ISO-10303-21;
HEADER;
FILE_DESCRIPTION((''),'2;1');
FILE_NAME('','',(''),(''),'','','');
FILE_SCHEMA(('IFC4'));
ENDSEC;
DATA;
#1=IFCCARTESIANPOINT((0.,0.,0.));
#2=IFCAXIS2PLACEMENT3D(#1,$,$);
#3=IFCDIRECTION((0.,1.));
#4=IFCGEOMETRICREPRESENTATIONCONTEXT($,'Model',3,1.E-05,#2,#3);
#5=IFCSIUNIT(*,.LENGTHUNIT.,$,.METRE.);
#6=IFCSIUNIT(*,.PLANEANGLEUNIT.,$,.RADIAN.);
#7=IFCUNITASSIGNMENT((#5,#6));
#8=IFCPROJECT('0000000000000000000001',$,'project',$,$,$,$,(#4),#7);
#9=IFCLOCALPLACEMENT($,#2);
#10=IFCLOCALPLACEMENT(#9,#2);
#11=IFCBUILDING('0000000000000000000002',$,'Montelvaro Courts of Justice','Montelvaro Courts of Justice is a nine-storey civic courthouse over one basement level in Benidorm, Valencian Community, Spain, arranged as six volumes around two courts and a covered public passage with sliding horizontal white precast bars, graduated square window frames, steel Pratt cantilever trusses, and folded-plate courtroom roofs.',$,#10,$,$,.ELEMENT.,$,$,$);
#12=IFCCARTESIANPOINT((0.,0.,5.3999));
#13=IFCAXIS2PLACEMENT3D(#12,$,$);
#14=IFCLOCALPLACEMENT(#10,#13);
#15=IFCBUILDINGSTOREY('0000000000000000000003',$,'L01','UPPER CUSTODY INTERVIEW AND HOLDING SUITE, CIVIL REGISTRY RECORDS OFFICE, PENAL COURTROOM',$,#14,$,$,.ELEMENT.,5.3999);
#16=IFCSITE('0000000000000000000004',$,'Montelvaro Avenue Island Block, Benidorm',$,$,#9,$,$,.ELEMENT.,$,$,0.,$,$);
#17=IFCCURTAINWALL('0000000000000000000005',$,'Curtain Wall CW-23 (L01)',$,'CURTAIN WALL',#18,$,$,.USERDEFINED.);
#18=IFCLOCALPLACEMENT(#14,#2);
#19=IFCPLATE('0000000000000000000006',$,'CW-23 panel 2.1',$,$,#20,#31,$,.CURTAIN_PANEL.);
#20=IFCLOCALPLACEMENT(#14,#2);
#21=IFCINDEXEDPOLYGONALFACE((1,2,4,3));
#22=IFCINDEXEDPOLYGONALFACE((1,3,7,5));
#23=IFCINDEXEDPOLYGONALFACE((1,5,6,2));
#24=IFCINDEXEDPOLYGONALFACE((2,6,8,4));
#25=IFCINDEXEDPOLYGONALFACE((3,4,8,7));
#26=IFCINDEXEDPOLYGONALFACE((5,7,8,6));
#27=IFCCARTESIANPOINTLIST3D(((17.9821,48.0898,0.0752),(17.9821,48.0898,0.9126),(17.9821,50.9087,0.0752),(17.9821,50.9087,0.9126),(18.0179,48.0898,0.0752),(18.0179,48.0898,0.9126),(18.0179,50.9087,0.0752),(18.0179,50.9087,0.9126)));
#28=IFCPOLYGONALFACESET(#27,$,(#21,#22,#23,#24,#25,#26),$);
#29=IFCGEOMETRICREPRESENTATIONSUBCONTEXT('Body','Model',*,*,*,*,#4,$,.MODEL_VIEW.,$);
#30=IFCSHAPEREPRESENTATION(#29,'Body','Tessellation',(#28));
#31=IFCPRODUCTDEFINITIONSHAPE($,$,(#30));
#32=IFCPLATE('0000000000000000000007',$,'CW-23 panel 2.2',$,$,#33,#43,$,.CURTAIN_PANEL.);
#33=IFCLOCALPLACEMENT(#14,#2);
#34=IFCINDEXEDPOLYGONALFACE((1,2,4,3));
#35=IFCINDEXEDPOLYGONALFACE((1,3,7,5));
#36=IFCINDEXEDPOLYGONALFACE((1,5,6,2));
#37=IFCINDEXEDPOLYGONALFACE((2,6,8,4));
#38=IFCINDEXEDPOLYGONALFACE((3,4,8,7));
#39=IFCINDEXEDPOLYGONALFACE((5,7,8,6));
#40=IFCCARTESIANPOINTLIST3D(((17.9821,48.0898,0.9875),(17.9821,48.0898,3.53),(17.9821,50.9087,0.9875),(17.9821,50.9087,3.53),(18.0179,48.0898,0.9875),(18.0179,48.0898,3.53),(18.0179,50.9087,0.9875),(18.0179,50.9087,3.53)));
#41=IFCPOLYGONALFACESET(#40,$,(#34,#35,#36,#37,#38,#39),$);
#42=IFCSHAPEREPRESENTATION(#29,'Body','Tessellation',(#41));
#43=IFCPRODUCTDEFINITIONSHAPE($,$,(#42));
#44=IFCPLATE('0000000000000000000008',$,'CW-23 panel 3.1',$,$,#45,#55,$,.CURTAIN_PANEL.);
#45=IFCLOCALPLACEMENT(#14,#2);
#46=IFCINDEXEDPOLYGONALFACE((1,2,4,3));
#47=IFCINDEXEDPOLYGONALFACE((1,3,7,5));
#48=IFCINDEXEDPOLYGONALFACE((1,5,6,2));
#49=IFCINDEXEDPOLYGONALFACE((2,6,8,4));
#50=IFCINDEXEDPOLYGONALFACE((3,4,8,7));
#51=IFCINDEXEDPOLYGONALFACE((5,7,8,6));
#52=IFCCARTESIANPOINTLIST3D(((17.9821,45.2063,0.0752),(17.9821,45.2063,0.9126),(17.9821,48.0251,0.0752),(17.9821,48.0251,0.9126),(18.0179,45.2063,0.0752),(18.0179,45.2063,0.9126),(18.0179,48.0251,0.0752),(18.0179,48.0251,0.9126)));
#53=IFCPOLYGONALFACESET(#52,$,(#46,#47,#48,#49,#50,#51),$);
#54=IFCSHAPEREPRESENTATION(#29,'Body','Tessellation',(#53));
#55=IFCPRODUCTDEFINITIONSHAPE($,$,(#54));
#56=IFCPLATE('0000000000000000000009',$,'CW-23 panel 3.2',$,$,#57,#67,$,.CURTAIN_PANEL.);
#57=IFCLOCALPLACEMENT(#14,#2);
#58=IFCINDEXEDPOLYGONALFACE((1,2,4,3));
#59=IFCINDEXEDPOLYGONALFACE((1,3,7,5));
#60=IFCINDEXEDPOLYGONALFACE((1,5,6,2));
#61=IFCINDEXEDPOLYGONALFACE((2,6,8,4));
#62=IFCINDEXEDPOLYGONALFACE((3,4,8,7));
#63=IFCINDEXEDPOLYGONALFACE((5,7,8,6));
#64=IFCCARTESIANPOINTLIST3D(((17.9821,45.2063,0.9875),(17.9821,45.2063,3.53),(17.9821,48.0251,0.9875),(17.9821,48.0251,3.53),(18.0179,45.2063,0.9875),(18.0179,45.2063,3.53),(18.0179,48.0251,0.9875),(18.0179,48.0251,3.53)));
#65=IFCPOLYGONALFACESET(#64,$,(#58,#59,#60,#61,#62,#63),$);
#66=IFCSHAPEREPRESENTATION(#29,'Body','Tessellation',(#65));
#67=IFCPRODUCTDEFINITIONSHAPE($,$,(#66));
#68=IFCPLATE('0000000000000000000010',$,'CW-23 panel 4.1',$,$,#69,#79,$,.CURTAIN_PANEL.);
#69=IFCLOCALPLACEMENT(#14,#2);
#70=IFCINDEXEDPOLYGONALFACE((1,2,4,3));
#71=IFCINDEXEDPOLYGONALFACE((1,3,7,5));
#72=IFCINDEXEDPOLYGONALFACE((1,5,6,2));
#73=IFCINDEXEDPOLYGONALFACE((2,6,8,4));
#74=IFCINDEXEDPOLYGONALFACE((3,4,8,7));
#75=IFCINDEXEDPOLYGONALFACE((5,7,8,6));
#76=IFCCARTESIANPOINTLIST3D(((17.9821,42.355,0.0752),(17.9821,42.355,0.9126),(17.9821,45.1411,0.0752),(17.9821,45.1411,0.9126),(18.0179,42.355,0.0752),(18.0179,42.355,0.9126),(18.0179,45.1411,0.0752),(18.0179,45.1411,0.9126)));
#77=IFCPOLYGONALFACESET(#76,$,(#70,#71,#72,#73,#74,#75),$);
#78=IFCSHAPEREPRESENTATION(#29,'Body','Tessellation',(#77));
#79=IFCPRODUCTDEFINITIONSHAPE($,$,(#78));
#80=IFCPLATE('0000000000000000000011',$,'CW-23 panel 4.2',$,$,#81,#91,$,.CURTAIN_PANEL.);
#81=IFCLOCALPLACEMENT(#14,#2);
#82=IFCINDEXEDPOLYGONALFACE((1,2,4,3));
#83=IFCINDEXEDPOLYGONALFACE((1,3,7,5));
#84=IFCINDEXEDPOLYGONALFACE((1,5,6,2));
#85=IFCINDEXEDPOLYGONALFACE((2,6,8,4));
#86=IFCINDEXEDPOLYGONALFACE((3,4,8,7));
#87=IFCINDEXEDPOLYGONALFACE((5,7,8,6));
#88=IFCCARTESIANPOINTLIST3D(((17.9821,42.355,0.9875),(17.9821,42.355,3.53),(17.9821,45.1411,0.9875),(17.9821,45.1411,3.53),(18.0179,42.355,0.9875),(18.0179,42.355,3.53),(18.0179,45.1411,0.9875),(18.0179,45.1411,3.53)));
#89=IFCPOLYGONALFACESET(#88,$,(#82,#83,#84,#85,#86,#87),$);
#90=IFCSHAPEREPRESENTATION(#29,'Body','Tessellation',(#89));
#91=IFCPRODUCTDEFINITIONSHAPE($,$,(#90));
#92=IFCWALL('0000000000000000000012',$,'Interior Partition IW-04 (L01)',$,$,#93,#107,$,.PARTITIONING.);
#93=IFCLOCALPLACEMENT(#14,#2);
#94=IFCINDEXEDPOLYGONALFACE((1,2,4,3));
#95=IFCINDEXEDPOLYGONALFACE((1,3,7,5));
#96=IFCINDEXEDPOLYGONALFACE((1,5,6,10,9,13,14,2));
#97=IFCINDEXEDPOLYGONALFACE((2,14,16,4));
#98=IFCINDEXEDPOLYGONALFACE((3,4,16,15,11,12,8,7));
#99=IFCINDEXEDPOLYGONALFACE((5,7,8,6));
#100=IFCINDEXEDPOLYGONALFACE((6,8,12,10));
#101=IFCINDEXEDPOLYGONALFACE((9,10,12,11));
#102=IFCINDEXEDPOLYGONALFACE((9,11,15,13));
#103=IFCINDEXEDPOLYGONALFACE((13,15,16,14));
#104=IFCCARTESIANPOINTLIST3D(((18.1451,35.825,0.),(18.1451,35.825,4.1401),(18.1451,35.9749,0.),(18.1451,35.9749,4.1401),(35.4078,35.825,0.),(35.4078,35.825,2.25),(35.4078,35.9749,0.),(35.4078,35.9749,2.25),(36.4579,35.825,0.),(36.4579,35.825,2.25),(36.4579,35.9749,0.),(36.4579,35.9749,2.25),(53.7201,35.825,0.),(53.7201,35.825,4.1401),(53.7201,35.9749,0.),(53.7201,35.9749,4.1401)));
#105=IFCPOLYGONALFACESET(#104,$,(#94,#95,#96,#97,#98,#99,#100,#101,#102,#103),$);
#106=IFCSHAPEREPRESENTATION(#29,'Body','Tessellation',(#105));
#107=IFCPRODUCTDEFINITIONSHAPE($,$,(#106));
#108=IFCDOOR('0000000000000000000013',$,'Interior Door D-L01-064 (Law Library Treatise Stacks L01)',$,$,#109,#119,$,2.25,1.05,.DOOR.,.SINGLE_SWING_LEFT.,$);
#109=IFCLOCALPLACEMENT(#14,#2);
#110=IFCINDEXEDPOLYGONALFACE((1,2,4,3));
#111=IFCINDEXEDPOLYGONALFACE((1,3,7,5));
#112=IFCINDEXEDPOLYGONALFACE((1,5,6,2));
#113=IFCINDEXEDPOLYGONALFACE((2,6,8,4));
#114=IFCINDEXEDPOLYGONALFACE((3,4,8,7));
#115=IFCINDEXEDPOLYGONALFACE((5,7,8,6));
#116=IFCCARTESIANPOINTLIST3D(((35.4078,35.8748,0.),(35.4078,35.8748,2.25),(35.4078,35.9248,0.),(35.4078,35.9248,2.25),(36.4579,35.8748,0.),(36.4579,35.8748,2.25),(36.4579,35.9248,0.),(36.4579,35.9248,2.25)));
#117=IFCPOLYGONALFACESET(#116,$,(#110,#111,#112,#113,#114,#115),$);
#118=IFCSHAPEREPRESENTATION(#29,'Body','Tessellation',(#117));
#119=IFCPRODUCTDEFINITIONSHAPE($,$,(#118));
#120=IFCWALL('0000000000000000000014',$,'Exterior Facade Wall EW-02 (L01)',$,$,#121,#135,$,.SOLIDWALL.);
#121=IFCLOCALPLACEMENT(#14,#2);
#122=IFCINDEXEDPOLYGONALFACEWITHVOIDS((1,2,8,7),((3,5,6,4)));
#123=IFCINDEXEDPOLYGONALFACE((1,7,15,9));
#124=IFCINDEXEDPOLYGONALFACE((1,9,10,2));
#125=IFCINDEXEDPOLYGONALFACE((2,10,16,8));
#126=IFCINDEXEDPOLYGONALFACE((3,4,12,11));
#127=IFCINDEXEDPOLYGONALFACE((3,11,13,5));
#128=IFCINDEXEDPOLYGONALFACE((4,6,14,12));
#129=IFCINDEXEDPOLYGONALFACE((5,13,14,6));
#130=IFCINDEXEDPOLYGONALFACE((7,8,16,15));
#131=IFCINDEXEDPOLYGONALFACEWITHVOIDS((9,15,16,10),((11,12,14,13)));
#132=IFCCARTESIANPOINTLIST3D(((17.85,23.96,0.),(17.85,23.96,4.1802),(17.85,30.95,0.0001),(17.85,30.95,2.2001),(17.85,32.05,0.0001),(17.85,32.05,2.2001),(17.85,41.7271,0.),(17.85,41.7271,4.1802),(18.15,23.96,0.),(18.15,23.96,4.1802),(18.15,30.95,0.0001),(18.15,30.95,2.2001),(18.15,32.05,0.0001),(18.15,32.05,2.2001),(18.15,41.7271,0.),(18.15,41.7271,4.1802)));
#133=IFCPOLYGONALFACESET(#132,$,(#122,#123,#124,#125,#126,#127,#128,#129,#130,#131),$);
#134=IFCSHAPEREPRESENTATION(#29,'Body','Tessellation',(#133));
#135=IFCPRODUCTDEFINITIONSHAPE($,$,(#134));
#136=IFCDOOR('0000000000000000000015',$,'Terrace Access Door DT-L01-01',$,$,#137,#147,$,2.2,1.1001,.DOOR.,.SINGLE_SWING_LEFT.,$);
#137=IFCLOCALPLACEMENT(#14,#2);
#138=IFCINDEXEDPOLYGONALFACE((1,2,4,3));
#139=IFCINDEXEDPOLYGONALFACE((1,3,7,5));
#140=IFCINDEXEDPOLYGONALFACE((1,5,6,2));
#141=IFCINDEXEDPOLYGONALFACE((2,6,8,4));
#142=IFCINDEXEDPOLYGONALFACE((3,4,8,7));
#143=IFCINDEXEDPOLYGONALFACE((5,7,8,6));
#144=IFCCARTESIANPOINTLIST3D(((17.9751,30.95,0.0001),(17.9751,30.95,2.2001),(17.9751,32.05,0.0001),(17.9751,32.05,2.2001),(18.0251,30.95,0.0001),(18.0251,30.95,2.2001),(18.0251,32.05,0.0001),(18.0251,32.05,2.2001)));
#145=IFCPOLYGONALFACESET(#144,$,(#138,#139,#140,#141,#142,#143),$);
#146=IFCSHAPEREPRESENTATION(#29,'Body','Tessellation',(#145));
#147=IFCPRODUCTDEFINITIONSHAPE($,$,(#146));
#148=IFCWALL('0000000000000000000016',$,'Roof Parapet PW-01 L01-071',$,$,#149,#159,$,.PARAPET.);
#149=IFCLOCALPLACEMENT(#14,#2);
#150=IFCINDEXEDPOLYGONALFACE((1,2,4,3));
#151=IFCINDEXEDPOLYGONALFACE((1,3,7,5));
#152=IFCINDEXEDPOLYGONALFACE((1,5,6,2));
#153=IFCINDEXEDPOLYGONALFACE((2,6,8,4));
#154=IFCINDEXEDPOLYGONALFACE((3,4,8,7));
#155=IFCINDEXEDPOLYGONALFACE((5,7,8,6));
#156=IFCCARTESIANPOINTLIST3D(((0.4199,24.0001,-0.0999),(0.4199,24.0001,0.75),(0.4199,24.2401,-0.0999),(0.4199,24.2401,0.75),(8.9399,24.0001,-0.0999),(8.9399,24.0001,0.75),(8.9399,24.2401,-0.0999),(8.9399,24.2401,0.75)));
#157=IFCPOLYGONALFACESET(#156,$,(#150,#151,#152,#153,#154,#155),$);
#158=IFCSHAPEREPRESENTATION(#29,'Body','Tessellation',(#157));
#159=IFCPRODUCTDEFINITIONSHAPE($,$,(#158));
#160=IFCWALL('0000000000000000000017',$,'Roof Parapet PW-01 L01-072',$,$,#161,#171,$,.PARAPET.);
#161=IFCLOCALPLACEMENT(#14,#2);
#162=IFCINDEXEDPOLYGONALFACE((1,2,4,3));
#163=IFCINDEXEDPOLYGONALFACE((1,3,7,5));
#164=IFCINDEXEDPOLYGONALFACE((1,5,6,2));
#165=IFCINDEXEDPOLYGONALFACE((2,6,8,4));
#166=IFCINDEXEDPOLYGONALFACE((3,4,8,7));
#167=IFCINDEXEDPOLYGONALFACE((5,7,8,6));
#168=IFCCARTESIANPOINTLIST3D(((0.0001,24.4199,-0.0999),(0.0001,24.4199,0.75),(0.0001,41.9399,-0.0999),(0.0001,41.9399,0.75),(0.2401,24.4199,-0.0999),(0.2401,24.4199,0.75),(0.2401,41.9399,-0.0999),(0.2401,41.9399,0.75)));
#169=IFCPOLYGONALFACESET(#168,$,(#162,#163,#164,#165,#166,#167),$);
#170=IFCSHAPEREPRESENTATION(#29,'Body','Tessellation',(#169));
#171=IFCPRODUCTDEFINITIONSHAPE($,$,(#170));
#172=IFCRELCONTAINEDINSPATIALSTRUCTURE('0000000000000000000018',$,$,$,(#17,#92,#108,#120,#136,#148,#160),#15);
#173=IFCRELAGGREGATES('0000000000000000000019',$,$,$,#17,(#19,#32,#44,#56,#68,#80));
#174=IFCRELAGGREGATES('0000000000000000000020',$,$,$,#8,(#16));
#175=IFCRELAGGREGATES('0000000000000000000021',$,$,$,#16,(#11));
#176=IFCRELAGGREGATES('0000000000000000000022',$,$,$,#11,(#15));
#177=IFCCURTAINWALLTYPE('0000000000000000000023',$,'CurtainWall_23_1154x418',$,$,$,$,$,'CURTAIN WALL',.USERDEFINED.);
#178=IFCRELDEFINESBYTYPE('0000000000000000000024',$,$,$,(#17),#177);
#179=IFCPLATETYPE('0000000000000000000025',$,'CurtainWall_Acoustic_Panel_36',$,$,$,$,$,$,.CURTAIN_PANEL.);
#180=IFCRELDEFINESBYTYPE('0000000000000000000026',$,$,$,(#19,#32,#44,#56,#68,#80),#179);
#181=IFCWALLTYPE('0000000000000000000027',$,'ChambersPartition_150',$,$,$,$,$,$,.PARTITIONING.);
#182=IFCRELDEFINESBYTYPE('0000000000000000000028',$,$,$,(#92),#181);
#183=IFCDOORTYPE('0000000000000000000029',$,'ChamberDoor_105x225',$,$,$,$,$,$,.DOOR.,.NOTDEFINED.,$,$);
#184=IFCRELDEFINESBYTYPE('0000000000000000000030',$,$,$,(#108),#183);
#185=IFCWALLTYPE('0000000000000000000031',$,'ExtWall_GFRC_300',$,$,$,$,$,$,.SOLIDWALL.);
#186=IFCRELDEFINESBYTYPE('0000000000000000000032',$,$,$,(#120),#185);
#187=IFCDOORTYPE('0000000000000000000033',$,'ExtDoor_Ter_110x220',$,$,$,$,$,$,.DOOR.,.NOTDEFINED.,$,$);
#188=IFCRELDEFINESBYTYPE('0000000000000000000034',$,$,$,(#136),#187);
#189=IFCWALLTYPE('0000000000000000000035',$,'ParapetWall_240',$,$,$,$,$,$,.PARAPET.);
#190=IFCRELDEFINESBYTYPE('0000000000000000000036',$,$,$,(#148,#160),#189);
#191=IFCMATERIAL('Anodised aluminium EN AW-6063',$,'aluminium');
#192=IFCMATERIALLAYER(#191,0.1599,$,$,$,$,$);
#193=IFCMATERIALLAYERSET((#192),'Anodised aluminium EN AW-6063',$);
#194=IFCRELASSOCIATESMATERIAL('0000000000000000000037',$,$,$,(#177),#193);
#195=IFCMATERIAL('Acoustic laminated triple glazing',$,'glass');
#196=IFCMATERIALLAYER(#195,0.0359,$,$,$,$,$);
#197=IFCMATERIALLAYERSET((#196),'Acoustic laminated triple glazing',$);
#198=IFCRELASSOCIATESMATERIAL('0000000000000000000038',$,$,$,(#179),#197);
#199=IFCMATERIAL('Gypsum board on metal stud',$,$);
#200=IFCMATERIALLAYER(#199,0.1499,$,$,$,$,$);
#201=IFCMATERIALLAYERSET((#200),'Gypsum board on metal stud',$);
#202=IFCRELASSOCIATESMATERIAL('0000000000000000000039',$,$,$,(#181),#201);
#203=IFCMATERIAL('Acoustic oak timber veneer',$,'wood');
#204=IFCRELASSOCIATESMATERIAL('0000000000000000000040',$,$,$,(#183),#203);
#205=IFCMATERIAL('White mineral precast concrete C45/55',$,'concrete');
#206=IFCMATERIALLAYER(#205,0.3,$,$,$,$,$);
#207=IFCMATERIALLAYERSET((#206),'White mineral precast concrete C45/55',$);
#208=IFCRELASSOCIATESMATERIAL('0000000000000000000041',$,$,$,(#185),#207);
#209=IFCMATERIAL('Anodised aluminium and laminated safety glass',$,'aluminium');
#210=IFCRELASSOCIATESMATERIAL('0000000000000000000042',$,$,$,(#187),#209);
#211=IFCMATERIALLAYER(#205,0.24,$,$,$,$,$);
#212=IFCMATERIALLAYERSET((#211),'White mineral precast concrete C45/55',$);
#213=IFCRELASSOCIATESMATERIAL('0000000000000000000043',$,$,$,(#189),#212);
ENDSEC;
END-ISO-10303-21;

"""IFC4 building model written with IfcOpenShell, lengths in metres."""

from ifc_helpers import new_model, si_unit, direction, frame, frame_2d, origin, origin_2d, place, context, subcontext, project, spatial, rectangle, extrude, material, layer, layer_set, type_object, element, fill, aggregate, save


model = new_model("IFC4")

# Units and contexts
model_context = context("Model", 3, precision=1e-05, world=origin(), true_north=direction((0.0, 1.0)))
body_context = subcontext(model_context, "Body", "Model", "MODEL_VIEW")
ifc_project = project(units=[si_unit("LENGTHUNIT", "METRE"), si_unit("PLANEANGLEUNIT", "RADIAN")], contexts=[model_context])

# Site, building, storey
site_placement = place(None, origin())
site = spatial("IfcSite", under=ifc_project, at=site_placement, Name="Montelvaro Avenue Island Block, Benidorm", CompositionType="ELEMENT", RefElevation=0.0)
building_placement = place(site_placement, origin())
building = spatial("IfcBuilding", under=site, at=building_placement, Name="Montelvaro Courts of Justice", Description="Montelvaro Courts of Justice is a nine-storey civic courthouse over one basement level in Benidorm, Valencian Community, Spain, arranged as six volumes around two courts and a covered public passage with sliding horizontal white precast bars, graduated square window frames, steel Pratt cantilever trusses, and folded-plate courtroom roofs.", CompositionType="ELEMENT")
storey_placement = place(building_placement, frame((0.0, 0.0, 5.3999)))
storey = spatial("IfcBuildingStorey", under=building, at=storey_placement, Name="L01", Description="UPPER CUSTODY INTERVIEW AND HOLDING SUITE, CIVIL REGISTRY RECORDS OFFICE, PENAL COURTROOM", CompositionType="ELEMENT", Elevation=5.3999)

# Curtain wall, plates
ifc_material_1 = material(Name="Anodised aluminium EN AW-6063", Category="aluminium")
ifc_layer_1 = layer(ifc_material_1, 0.1599)
ifc_layer_set_1 = layer_set([ifc_layer_1], Name="Anodised aluminium EN AW-6063")
curtain_wall_type = type_object("IfcCurtainWallType", Name="CurtainWall_23_1154x418", ElementType="CURTAIN WALL", PredefinedType="USERDEFINED", material=ifc_layer_set_1)
curtain_wall_placement = place(storey_placement, origin())
curtain_wall = element("IfcCurtainWall", 1, at=curtain_wall_placement, inside=storey, type_object=curtain_wall_type, Name="Curtain Wall CW-23 (L01)", ObjectType="CURTAIN WALL", PredefinedType="USERDEFINED")
ifc_material_2 = material(Name="Acoustic laminated triple glazing", Category="glass")
ifc_layer_2 = layer(ifc_material_2, 0.0359)
ifc_layer_set_2 = layer_set([ifc_layer_2], Name="Acoustic laminated triple glazing")
plate_type = type_object("IfcPlateType", Name="CurtainWall_Acoustic_Panel_36", PredefinedType="CURTAIN_PANEL", material=ifc_layer_set_2)
plate_1_placement = place(storey_placement, frame((18.0, 49.4993, 0.0752), z_axis=(0.0, 0.0, 1.0), x_axis=(0.0, -1.0, 0.0)))
plate_1 = element("IfcPlate", 2, at=plate_1_placement, type_object=plate_type, Name="CW-23 panel 2.1", PredefinedType="CURTAIN_PANEL", context=body_context, shape_type="SweptSolid", body=[
    extrude(rectangle(XDim=2.8188, YDim=0.0359, at=origin_2d()), origin(), (0.0, 0.0, 1.0), 0.8374),
])
plate_2_placement = place(storey_placement, frame((18.0, 49.4993, 0.9875), z_axis=(0.0, 0.0, 1.0), x_axis=(0.0, -1.0, 0.0)))
plate_2 = element("IfcPlate", 3, at=plate_2_placement, type_object=plate_type, Name="CW-23 panel 2.2", PredefinedType="CURTAIN_PANEL", context=body_context, shape_type="SweptSolid", body=[
    extrude(rectangle(XDim=2.8188, YDim=0.0359, at=origin_2d()), origin(), (0.0, 0.0, 1.0), 2.5425),
])
plate_3_placement = place(storey_placement, frame((18.0, 46.6157, 0.0752), z_axis=(0.0, 0.0, 1.0), x_axis=(0.0, -1.0, 0.0)))
plate_3 = element("IfcPlate", 4, at=plate_3_placement, type_object=plate_type, Name="CW-23 panel 3.1", PredefinedType="CURTAIN_PANEL", context=body_context, shape_type="SweptSolid", body=[
    extrude(rectangle(XDim=2.8188, YDim=0.0359, at=origin_2d()), origin(), (0.0, 0.0, 1.0), 0.8374),
])
plate_4_placement = place(storey_placement, frame((18.0, 46.6157, 0.9875), z_axis=(0.0, 0.0, 1.0), x_axis=(0.0, -1.0, 0.0)))
plate_4 = element("IfcPlate", 5, at=plate_4_placement, type_object=plate_type, Name="CW-23 panel 3.2", PredefinedType="CURTAIN_PANEL", context=body_context, shape_type="SweptSolid", body=[
    extrude(rectangle(XDim=2.8188, YDim=0.0359, at=origin_2d()), origin(), (0.0, 0.0, 1.0), 2.5425),
])
plate_5_placement = place(storey_placement, frame((18.0, 43.748, 0.0752), z_axis=(0.0, 0.0, 1.0), x_axis=(0.0, -1.0, 0.0)))
plate_5 = element("IfcPlate", 6, at=plate_5_placement, type_object=plate_type, Name="CW-23 panel 4.1", PredefinedType="CURTAIN_PANEL", context=body_context, shape_type="SweptSolid", body=[
    extrude(rectangle(XDim=2.7861, YDim=0.0359, at=origin_2d()), origin(), (0.0, 0.0, 1.0), 0.8374),
])
plate_6_placement = place(storey_placement, frame((18.0, 43.748, 0.9875), z_axis=(0.0, 0.0, 1.0), x_axis=(0.0, -1.0, 0.0)))
plate_6 = element("IfcPlate", 7, at=plate_6_placement, type_object=plate_type, Name="CW-23 panel 4.2", PredefinedType="CURTAIN_PANEL", context=body_context, shape_type="SweptSolid", body=[
    extrude(rectangle(XDim=2.7861, YDim=0.0359, at=origin_2d()), origin(), (0.0, 0.0, 1.0), 2.5425),
])
aggregate(curtain_wall, [plate_1, plate_2, plate_3, plate_4, plate_5, plate_6])

# Walls, openings, doors
ifc_material_3 = material(Name="Gypsum board on metal stud")
ifc_layer_3 = layer(ifc_material_3, 0.1499)
ifc_layer_set_3 = layer_set([ifc_layer_3], Name="Gypsum board on metal stud")
wall_type_1 = type_object("IfcWallType", Name="ChambersPartition_150", PredefinedType="PARTITIONING", material=ifc_layer_set_3)
wall_1_placement = place(storey_placement, frame((18.145, 35.8999, 0.0), z_axis=(0.0, 0.0, 1.0), x_axis=(1.0, 0.0, 0.0)))
wall_1 = element("IfcWall", 8, at=wall_1_placement, inside=storey, type_object=wall_type_1, Name="Interior Partition IW-04 (L01)", PredefinedType="PARTITIONING", context=body_context, shape_type="SweptSolid", body=[
    extrude(rectangle(XDim=35.575, YDim=0.1499, at=frame_2d((17.7876, 0.0))), origin(), (0.0, 0.0, 1.0), 4.1401),
])
opening_1_placement = place(wall_1_placement, frame((17.2629, 0.0, 0.0)))
opening_1 = element("IfcOpeningElement", 9, at=opening_1_placement, cuts=wall_1, PredefinedType="OPENING", context=body_context, shape_type="SweptSolid", body=[
    extrude(rectangle(XDim=1.05, YDim=2.25, at=frame_2d((0.5249, 1.125))), frame((0.0, 0.0898, 0.0), z_axis=(0.0, -1.0, 0.0), x_axis=(1.0, 0.0, 0.0)), (0.0, 0.0, 1.0), 0.1797),
])
ifc_material_4 = material(Name="Acoustic oak timber veneer", Category="wood")
door_type_1 = type_object("IfcDoorType", Name="ChamberDoor_105x225", OperationType="NOTDEFINED", PredefinedType="DOOR", material=ifc_material_4)
door_1_placement = place(opening_1_placement, origin())
door_1 = element("IfcDoor", 10, at=door_1_placement, inside=storey, type_object=door_type_1, Name="Interior Door D-L01-064 (Law Library Treatise Stacks L01)", OperationType="SINGLE_SWING_LEFT", OverallHeight=2.25, OverallWidth=1.05, PredefinedType="DOOR", context=body_context, shape_type="SweptSolid", body=[
    extrude(rectangle(XDim=1.05, YDim=2.25, at=frame_2d((0.5249, 1.125))), frame((0.0, 0.0249, 0.0), z_axis=(0.0, -1.0, 0.0), x_axis=(1.0, 0.0, 0.0)), (0.0, 0.0, 1.0), 0.05),
])
fill(opening_1, door_1)
ifc_material_5 = material(Name="White mineral precast concrete C45/55", Category="concrete")
ifc_layer_4 = layer(ifc_material_5, 0.3)
ifc_layer_set_4 = layer_set([ifc_layer_4], Name="White mineral precast concrete C45/55")
wall_type_2 = type_object("IfcWallType", Name="ExtWall_GFRC_300", PredefinedType="SOLIDWALL", material=ifc_layer_set_4)
wall_2_placement = place(storey_placement, frame((18.0, 41.7271, 0.0), z_axis=(0.0, 0.0, 1.0), x_axis=(0.0, -1.0, 0.0)))
wall_2 = element("IfcWall", 11, at=wall_2_placement, inside=storey, type_object=wall_type_2, Name="Exterior Facade Wall EW-02 (L01)", PredefinedType="SOLIDWALL", context=body_context, shape_type="SweptSolid", body=[
    extrude(rectangle(XDim=17.7671, YDim=0.3, at=frame_2d((8.8835, 0.0))), origin(), (0.0, 0.0, 1.0), 4.1802),
])
opening_2_placement = place(wall_2_placement, frame((9.677, 0.0, 0.0)))
opening_2 = element("IfcOpeningElement", 12, at=opening_2_placement, cuts=wall_2, PredefinedType="OPENING", context=body_context, shape_type="SweptSolid", body=[
    extrude(rectangle(XDim=1.1001, YDim=2.2, at=frame_2d((0.55, 1.1001))), frame((0.0, 0.165, 0.0), z_axis=(0.0, -1.0, 0.0), x_axis=(1.0, 0.0, 0.0)), (0.0, 0.0, 1.0), 0.3298),
])
ifc_material_6 = material(Name="Anodised aluminium and laminated safety glass", Category="aluminium")
door_type_2 = type_object("IfcDoorType", Name="ExtDoor_Ter_110x220", OperationType="NOTDEFINED", PredefinedType="DOOR", material=ifc_material_6)
door_2_placement = place(opening_2_placement, frame((1.1001, 0.0, 0.0), z_axis=(0.0, 0.0, 1.0), x_axis=(-1.0, 0.0, 0.0)))
door_2 = element("IfcDoor", 13, at=door_2_placement, inside=storey, type_object=door_type_2, Name="Terrace Access Door DT-L01-01", OperationType="SINGLE_SWING_LEFT", OverallHeight=2.2, OverallWidth=1.1001, PredefinedType="DOOR", context=body_context, shape_type="SweptSolid", body=[
    extrude(rectangle(XDim=1.1001, YDim=2.2, at=frame_2d((0.55, 1.1001))), frame((0.0, 0.0249, 0.0), z_axis=(0.0, -1.0, 0.0), x_axis=(1.0, 0.0, 0.0)), (0.0, 0.0, 1.0), 0.05),
])
fill(opening_2, door_2)

# Walls
ifc_layer_5 = layer(ifc_material_5, 0.24)
ifc_layer_set_5 = layer_set([ifc_layer_5], Name="White mineral precast concrete C45/55")
wall_type_3 = type_object("IfcWallType", Name="ParapetWall_240", PredefinedType="PARAPET", material=ifc_layer_set_5)
wall_3_placement = place(storey_placement, frame((0.4199, 24.1201, -0.0999), z_axis=(0.0, 0.0, 1.0), x_axis=(1.0, 0.0, 0.0)))
element("IfcWall", 14, at=wall_3_placement, inside=storey, type_object=wall_type_3, Name="Roof Parapet PW-01 L01-071", PredefinedType="PARAPET", context=body_context, shape_type="SweptSolid", body=[
    extrude(rectangle(XDim=8.52, YDim=0.24, at=frame_2d((4.26, 0.0))), origin(), (0.0, 0.0, 1.0), 0.8499),
])
wall_4_placement = place(storey_placement, frame((0.1201, 24.4199, -0.0999), z_axis=(0.0, 0.0, 1.0), x_axis=(0.0, 1.0, 0.0)))
element("IfcWall", 15, at=wall_4_placement, inside=storey, type_object=wall_type_3, Name="Roof Parapet PW-01 L01-072", PredefinedType="PARAPET", context=body_context, shape_type="SweptSolid", body=[
    extrude(rectangle(XDim=17.52, YDim=0.24, at=frame_2d((8.76, 0.0))), origin(), (0.0, 0.0, 1.0), 0.8499),
])

save(model, "model.ifc")
